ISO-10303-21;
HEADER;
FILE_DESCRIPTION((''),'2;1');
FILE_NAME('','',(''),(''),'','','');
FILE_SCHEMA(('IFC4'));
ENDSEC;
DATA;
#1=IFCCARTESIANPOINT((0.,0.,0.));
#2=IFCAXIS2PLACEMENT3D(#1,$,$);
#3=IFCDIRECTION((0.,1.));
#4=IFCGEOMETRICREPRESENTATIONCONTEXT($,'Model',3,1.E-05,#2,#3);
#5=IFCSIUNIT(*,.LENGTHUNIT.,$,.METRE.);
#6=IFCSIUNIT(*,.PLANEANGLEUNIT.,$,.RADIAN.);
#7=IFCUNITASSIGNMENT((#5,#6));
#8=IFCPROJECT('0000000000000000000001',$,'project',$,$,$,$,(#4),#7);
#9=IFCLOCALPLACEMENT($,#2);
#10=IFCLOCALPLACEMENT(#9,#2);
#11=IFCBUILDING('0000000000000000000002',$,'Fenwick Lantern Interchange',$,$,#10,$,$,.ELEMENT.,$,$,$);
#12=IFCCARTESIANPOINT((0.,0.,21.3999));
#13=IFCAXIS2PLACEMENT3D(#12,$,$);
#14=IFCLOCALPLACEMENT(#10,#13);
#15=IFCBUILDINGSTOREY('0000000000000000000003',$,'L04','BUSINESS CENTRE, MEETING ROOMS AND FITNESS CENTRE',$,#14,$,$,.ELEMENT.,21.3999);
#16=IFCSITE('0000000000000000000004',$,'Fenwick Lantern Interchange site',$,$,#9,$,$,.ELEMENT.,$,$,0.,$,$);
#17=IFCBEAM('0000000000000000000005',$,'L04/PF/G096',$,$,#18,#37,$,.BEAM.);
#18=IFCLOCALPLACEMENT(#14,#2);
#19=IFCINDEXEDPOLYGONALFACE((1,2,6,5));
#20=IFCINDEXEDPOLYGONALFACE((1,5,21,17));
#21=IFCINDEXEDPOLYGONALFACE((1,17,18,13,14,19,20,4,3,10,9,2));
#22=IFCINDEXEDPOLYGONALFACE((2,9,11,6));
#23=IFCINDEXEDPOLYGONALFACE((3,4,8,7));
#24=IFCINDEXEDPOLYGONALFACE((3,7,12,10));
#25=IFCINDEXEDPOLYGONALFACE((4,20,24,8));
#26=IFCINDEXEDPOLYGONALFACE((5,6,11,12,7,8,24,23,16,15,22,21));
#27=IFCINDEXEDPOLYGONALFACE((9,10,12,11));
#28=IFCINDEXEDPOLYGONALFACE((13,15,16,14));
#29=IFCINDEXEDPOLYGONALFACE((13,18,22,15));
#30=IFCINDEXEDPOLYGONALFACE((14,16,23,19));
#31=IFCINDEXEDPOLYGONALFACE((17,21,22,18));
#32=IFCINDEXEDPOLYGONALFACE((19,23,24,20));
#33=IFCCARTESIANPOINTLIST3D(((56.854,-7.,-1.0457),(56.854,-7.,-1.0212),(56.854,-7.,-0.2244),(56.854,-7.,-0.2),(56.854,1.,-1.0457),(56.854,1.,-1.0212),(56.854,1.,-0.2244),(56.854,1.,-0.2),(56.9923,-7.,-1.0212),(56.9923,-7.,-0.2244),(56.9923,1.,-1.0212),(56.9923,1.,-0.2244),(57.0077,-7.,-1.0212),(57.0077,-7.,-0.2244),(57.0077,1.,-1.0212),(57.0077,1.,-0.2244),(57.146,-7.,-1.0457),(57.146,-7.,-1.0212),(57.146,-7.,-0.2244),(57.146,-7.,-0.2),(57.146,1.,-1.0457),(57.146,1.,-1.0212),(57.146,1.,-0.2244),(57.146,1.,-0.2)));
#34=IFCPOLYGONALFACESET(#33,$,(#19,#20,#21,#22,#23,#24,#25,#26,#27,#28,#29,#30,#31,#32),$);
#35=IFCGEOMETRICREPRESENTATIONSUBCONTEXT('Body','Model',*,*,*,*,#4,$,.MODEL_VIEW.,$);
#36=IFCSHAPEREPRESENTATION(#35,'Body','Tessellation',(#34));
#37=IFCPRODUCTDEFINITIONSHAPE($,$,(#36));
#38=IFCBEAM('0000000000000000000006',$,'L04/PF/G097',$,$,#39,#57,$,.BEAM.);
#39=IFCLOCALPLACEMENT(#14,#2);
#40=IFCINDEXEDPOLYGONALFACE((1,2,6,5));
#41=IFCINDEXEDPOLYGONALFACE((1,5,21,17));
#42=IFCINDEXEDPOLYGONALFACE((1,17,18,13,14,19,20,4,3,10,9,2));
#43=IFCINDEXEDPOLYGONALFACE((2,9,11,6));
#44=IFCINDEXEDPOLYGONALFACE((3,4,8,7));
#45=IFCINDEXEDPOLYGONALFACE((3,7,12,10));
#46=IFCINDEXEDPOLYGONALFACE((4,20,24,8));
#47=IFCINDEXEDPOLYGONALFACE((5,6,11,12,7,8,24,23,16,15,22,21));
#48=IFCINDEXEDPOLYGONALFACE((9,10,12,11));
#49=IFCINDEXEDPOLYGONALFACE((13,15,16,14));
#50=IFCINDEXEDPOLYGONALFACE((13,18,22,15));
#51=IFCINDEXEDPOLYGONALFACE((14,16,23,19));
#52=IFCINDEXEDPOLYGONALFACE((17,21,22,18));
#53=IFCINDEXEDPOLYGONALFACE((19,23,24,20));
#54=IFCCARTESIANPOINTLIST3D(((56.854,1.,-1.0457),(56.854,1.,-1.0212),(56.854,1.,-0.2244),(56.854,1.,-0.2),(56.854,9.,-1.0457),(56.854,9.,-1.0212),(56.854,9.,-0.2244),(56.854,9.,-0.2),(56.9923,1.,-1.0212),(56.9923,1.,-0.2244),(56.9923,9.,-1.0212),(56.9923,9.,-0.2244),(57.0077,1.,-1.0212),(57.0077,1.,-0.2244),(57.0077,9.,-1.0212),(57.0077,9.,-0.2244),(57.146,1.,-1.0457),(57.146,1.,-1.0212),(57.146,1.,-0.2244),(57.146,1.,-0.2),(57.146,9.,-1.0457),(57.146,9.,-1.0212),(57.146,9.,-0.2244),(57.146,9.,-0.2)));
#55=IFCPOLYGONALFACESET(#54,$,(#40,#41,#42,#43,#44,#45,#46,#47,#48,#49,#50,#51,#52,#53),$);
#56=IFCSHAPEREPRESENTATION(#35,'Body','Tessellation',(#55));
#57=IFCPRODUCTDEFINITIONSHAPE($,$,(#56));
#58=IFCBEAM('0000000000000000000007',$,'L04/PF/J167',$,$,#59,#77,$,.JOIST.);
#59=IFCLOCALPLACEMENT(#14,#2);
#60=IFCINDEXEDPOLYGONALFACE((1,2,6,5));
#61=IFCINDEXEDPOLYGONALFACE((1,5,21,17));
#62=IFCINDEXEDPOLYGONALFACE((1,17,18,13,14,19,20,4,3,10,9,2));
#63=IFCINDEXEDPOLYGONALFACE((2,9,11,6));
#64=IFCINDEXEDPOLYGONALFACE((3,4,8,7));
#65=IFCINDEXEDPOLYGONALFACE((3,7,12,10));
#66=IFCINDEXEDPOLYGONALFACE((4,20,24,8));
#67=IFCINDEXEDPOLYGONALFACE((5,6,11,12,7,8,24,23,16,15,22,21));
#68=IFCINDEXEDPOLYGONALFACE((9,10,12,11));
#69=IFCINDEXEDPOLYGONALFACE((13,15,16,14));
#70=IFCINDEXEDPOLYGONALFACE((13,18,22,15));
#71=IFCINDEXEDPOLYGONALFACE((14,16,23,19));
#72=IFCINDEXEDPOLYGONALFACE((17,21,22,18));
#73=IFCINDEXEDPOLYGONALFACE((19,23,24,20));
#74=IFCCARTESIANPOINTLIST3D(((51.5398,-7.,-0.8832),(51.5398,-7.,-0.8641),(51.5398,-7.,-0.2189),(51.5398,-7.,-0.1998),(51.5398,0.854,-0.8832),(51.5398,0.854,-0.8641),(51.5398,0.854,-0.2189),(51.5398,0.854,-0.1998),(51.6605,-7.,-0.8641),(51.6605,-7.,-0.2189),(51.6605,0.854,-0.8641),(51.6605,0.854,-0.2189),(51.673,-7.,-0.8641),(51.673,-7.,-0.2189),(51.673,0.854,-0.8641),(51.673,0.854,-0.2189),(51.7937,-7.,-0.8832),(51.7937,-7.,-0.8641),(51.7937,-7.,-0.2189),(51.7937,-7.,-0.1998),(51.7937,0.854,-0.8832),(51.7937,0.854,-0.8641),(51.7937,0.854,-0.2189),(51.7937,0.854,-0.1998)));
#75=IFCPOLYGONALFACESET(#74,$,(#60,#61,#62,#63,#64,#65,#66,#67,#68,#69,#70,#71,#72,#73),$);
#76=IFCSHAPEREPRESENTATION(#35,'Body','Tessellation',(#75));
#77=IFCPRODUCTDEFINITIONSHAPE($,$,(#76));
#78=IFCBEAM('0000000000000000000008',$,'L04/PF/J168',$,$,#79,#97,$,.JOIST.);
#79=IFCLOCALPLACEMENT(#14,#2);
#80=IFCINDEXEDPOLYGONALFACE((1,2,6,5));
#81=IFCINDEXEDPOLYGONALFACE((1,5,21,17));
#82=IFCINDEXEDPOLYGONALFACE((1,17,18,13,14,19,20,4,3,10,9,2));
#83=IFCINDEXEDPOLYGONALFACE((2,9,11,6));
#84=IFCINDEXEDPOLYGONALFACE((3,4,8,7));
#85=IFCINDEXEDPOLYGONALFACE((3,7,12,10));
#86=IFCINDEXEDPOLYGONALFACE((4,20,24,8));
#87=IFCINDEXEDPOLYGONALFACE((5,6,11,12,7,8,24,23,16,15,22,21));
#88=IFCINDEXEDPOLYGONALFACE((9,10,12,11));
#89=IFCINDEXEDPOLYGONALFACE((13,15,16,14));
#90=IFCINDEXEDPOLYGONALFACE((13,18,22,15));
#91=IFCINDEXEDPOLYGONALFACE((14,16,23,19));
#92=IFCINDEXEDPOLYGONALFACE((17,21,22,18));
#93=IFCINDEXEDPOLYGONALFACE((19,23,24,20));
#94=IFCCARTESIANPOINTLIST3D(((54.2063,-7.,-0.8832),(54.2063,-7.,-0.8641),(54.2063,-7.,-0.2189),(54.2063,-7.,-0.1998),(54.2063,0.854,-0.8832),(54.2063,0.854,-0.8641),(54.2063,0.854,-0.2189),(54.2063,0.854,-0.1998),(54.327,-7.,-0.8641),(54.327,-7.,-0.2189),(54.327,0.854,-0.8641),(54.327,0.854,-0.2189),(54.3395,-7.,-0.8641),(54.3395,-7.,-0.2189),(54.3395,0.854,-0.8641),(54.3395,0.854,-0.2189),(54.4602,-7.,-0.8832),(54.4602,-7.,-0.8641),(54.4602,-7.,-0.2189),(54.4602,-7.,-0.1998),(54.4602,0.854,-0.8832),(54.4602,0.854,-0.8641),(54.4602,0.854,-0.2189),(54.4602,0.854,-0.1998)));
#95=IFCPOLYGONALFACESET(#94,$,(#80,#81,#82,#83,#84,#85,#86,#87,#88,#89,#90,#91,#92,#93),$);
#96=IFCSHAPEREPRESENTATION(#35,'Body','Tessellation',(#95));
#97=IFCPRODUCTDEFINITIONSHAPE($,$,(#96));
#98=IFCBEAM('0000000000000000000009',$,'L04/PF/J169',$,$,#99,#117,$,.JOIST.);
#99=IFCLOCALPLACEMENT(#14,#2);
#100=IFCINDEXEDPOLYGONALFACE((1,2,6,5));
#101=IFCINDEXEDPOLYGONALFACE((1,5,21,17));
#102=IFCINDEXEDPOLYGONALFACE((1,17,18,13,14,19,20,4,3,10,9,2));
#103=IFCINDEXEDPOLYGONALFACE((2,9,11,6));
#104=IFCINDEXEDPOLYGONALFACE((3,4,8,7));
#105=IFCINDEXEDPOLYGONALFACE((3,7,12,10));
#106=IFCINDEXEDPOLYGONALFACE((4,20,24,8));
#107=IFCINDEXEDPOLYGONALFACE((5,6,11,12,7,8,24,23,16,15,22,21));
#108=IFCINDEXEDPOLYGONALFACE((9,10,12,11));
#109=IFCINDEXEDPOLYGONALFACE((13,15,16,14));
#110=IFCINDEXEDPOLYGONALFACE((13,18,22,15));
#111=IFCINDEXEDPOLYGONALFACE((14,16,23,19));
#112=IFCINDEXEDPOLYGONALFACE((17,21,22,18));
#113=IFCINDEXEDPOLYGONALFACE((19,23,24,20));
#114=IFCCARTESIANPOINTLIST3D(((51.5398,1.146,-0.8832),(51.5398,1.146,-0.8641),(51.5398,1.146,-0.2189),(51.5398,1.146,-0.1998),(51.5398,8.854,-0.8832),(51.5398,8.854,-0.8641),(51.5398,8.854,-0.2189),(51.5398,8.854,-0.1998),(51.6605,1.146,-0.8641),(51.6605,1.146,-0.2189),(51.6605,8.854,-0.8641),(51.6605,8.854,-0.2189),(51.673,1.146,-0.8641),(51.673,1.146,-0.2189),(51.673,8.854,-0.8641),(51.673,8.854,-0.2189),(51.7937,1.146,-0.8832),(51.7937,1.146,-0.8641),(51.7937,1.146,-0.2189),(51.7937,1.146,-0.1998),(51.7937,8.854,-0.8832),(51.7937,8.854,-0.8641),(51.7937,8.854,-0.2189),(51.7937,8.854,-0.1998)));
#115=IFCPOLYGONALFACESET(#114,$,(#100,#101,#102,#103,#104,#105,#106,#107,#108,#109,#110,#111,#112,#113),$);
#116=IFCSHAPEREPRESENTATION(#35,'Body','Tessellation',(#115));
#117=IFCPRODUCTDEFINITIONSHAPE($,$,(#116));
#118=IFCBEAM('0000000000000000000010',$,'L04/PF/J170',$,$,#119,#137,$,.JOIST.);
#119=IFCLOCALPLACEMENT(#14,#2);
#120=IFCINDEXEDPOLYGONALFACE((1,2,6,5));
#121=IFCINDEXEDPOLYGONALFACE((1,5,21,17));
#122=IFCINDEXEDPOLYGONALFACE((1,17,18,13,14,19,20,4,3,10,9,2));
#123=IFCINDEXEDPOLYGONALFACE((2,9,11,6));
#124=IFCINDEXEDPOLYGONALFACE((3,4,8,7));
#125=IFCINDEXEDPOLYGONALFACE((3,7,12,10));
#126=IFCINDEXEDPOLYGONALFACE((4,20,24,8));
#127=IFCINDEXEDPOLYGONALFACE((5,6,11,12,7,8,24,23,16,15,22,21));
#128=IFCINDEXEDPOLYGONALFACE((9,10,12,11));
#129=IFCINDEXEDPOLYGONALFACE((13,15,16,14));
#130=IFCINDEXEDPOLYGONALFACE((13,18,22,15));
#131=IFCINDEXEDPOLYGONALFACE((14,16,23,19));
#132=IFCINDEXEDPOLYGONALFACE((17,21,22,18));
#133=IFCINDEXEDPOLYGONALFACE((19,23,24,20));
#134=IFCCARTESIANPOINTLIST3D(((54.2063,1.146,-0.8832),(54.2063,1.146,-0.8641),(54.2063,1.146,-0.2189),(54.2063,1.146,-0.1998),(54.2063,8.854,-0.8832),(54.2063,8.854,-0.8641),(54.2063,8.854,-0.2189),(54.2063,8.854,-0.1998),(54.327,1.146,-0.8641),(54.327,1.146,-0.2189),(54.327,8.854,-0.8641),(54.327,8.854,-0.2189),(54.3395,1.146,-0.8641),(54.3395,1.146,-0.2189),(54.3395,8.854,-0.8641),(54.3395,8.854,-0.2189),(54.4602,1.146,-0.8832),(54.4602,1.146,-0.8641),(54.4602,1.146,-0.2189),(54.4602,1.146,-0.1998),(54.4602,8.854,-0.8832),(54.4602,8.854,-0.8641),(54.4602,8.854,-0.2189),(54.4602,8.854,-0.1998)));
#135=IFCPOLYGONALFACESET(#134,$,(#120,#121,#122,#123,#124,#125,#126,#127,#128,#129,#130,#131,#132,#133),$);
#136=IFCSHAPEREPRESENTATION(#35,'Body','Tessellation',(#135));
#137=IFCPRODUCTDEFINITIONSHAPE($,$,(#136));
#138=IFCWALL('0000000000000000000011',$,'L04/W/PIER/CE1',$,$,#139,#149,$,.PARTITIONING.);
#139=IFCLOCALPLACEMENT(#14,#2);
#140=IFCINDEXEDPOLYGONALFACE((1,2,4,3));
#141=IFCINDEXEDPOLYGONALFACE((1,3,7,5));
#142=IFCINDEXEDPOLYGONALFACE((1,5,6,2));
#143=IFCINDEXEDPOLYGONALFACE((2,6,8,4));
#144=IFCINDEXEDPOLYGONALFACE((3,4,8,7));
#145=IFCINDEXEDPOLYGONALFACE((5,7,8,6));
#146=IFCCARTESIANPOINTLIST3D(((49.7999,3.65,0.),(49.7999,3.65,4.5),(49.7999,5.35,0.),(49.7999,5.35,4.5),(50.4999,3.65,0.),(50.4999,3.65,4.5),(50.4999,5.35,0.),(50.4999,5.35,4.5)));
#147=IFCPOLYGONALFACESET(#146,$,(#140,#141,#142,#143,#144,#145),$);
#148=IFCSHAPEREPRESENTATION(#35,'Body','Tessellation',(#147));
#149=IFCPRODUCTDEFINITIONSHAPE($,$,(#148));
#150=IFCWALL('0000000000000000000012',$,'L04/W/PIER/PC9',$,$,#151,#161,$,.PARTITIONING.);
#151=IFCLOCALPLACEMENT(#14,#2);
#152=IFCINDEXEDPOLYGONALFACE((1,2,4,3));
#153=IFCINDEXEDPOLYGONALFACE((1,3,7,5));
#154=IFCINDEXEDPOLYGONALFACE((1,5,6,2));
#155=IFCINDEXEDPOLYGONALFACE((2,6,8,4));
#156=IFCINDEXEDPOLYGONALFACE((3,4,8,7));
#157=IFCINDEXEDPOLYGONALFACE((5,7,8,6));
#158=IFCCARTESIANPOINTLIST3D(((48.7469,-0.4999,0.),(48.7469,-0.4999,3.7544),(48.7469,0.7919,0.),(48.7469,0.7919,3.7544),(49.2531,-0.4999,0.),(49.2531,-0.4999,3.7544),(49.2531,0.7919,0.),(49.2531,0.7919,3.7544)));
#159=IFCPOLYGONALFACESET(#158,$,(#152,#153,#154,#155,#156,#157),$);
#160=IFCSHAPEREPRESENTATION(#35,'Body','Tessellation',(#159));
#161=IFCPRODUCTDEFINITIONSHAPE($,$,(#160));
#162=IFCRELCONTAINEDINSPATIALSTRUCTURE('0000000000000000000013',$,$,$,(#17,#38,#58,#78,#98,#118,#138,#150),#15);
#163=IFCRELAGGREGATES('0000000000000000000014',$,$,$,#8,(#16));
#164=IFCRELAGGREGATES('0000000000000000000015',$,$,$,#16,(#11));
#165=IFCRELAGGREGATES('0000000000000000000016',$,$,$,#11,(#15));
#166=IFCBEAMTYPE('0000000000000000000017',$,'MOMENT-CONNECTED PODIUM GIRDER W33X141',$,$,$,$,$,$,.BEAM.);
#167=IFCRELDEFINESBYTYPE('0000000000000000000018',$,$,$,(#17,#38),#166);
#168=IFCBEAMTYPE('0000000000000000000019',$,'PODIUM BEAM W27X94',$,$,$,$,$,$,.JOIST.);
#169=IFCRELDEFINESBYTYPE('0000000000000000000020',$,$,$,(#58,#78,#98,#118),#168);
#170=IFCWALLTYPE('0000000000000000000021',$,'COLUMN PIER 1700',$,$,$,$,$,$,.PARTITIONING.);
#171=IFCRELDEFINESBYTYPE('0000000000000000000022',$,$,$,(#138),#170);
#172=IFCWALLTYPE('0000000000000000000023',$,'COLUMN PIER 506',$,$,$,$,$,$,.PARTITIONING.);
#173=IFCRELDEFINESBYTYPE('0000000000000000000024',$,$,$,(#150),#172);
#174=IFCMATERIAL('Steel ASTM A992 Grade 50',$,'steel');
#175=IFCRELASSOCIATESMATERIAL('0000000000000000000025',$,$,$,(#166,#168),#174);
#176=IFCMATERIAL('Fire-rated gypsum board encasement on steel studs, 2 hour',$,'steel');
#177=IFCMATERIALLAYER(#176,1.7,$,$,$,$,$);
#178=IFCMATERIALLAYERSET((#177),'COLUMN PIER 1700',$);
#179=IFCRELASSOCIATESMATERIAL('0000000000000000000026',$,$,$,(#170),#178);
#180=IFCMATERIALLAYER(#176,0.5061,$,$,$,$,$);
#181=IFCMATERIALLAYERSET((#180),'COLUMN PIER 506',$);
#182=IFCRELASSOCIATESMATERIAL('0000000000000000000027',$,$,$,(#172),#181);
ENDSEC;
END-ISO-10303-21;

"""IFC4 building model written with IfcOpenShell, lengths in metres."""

from ifc_helpers import new_model, si_unit, direction, frame, frame_2d, origin, origin_2d, place, context, subcontext, project, spatial, rectangle, i_section, extrude, material, layer, layer_set, material_profile, profile_set, type_object, element, save


model = new_model("IFC4")

# Units and contexts
model_context = context("Model", 3, precision=1e-05, world=origin(), true_north=direction((0.0, 1.0)))
body_context = subcontext(model_context, "Body", "Model", "MODEL_VIEW")
ifc_project = project(units=[si_unit("LENGTHUNIT", "METRE"), si_unit("PLANEANGLEUNIT", "RADIAN")], contexts=[model_context])

# Site, building, storey
site_placement = place(None, origin())
site = spatial("IfcSite", under=ifc_project, at=site_placement, Name="Fenwick Lantern Interchange site", CompositionType="ELEMENT", RefElevation=0.0)
building_placement = place(site_placement, origin())
building = spatial("IfcBuilding", under=site, at=building_placement, Name="Fenwick Lantern Interchange", CompositionType="ELEMENT")
storey_placement = place(building_placement, frame((0.0, 0.0, 21.3999)))
storey = spatial("IfcBuildingStorey", under=building, at=storey_placement, Name="L04", Description="BUSINESS CENTRE, MEETING ROOMS AND FITNESS CENTRE", CompositionType="ELEMENT", Elevation=21.3999)

# Shared definitions
ifc_material_1 = material(Name="Steel ASTM A992 Grade 50", Category="steel")

# Beams
ifc_material_profile_1 = material_profile(ifc_material_1, i_section(OverallWidth=0.292, OverallDepth=0.8457, WebThickness=0.0154, FlangeThickness=0.0244, at=origin_2d()), Name="W33X141")
ifc_profile_set_1 = profile_set([ifc_material_profile_1], Name="Steel ASTM A992 Grade 50")
beam_type_1 = type_object("IfcBeamType", Name="MOMENT-CONNECTED PODIUM GIRDER W33X141", PredefinedType="BEAM", material=ifc_profile_set_1)
for number, where, z_axis, x_axis, name in (
    (1, (57.0, -7.0, -0.6228), (0.0, 1.0, 0.0), (-1.0, 0.0, 0.0), "L04/PF/G096"),
    (2, (57.0, 1.0, -0.6228), (0.0, 1.0, 0.0), (-1.0, 0.0, 0.0), "L04/PF/G097"),
):
    element("IfcBeam", number, at=place(storey_placement, frame(where, z_axis=z_axis, x_axis=x_axis)), inside=storey, type_object=beam_type_1, Name=name, PredefinedType="BEAM", context=body_context, shape_type="SweptSolid", body=[
        extrude(i_section(OverallWidth=0.292, OverallDepth=0.8457, WebThickness=0.0154, FlangeThickness=0.0244, at=origin_2d()), origin(), (0.0, 0.0, 1.0), 8.0),
    ])
ifc_material_profile_2 = material_profile(ifc_material_1, i_section(OverallWidth=0.2539, OverallDepth=0.6833, WebThickness=0.0125, FlangeThickness=0.019, at=origin_2d()), Name="W27X94")
ifc_profile_set_2 = profile_set([ifc_material_profile_2], Name="Steel ASTM A992 Grade 50")
beam_type_2 = type_object("IfcBeamType", Name="PODIUM BEAM W27X94", PredefinedType="JOIST", material=ifc_profile_set_2)
for number, where, z_axis, x_axis, name in (
    (3, (51.6667, -7.0, -0.5415), (0.0, 1.0, 0.0), (-1.0, 0.0, 0.0), "L04/PF/J167"),
    (4, (54.3333, -7.0, -0.5415), (0.0, 1.0, 0.0), (-1.0, 0.0, 0.0), "L04/PF/J168"),
):
    element("IfcBeam", number, at=place(storey_placement, frame(where, z_axis=z_axis, x_axis=x_axis)), inside=storey, type_object=beam_type_2, Name=name, PredefinedType="JOIST", context=body_context, shape_type="SweptSolid", body=[
        extrude(i_section(OverallWidth=0.2539, OverallDepth=0.6833, WebThickness=0.0125, FlangeThickness=0.019, at=origin_2d()), origin(), (0.0, 0.0, 1.0), 7.854),
    ])
for number, where, z_axis, x_axis, name in (
    (5, (51.6667, 1.146, -0.5415), (0.0, 1.0, 0.0), (-1.0, 0.0, 0.0), "L04/PF/J169"),
    (6, (54.3333, 1.146, -0.5415), (0.0, 1.0, 0.0), (-1.0, 0.0, 0.0), "L04/PF/J170"),
):
    element("IfcBeam", number, at=place(storey_placement, frame(where, z_axis=z_axis, x_axis=x_axis)), inside=storey, type_object=beam_type_2, Name=name, PredefinedType="JOIST", context=body_context, shape_type="SweptSolid", body=[
        extrude(i_section(OverallWidth=0.2539, OverallDepth=0.6833, WebThickness=0.0125, FlangeThickness=0.019, at=origin_2d()), origin(), (0.0, 0.0, 1.0), 7.708),
    ])

# Walls
ifc_material_2 = material(Name="Fire-rated gypsum board encasement on steel studs, 2 hour", Category="steel")
ifc_layer_1 = layer(ifc_material_2, 1.7)
ifc_layer_set_1 = layer_set([ifc_layer_1], Name="COLUMN PIER 1700")
wall_type_1 = type_object("IfcWallType", Name="COLUMN PIER 1700", PredefinedType="PARTITIONING", material=ifc_layer_set_1)
wall_1_placement = place(storey_placement, frame((50.5, 4.5, 0.0), z_axis=(0.0, 0.0, 1.0), x_axis=(-1.0, 0.0, 0.0)))
element("IfcWall", 7, at=wall_1_placement, inside=storey, type_object=wall_type_1, Name="L04/W/PIER/CE1", PredefinedType="PARTITIONING", context=body_context, shape_type="SweptSolid", body=[
    extrude(rectangle(XDim=0.7, YDim=1.7, at=frame_2d((0.3501, 0.0))), origin(), (0.0, 0.0, 1.0), 4.5),
])
ifc_layer_2 = layer(ifc_material_2, 0.5061)
ifc_layer_set_2 = layer_set([ifc_layer_2], Name="COLUMN PIER 506")
wall_type_2 = type_object("IfcWallType", Name="COLUMN PIER 506", PredefinedType="PARTITIONING", material=ifc_layer_set_2)
wall_2_placement = place(storey_placement, frame((49.0, -0.5, 0.0), z_axis=(0.0, 0.0, 1.0), x_axis=(0.0, 1.0, 0.0)))
element("IfcWall", 8, at=wall_2_placement, inside=storey, type_object=wall_type_2, Name="L04/W/PIER/PC9", PredefinedType="PARTITIONING", context=body_context, shape_type="SweptSolid", body=[
    extrude(rectangle(XDim=1.2917, YDim=0.5061, at=frame_2d((0.646, 0.0))), origin(), (0.0, 0.0, 1.0), 3.7544),
])

save(model, "model.ifc")
